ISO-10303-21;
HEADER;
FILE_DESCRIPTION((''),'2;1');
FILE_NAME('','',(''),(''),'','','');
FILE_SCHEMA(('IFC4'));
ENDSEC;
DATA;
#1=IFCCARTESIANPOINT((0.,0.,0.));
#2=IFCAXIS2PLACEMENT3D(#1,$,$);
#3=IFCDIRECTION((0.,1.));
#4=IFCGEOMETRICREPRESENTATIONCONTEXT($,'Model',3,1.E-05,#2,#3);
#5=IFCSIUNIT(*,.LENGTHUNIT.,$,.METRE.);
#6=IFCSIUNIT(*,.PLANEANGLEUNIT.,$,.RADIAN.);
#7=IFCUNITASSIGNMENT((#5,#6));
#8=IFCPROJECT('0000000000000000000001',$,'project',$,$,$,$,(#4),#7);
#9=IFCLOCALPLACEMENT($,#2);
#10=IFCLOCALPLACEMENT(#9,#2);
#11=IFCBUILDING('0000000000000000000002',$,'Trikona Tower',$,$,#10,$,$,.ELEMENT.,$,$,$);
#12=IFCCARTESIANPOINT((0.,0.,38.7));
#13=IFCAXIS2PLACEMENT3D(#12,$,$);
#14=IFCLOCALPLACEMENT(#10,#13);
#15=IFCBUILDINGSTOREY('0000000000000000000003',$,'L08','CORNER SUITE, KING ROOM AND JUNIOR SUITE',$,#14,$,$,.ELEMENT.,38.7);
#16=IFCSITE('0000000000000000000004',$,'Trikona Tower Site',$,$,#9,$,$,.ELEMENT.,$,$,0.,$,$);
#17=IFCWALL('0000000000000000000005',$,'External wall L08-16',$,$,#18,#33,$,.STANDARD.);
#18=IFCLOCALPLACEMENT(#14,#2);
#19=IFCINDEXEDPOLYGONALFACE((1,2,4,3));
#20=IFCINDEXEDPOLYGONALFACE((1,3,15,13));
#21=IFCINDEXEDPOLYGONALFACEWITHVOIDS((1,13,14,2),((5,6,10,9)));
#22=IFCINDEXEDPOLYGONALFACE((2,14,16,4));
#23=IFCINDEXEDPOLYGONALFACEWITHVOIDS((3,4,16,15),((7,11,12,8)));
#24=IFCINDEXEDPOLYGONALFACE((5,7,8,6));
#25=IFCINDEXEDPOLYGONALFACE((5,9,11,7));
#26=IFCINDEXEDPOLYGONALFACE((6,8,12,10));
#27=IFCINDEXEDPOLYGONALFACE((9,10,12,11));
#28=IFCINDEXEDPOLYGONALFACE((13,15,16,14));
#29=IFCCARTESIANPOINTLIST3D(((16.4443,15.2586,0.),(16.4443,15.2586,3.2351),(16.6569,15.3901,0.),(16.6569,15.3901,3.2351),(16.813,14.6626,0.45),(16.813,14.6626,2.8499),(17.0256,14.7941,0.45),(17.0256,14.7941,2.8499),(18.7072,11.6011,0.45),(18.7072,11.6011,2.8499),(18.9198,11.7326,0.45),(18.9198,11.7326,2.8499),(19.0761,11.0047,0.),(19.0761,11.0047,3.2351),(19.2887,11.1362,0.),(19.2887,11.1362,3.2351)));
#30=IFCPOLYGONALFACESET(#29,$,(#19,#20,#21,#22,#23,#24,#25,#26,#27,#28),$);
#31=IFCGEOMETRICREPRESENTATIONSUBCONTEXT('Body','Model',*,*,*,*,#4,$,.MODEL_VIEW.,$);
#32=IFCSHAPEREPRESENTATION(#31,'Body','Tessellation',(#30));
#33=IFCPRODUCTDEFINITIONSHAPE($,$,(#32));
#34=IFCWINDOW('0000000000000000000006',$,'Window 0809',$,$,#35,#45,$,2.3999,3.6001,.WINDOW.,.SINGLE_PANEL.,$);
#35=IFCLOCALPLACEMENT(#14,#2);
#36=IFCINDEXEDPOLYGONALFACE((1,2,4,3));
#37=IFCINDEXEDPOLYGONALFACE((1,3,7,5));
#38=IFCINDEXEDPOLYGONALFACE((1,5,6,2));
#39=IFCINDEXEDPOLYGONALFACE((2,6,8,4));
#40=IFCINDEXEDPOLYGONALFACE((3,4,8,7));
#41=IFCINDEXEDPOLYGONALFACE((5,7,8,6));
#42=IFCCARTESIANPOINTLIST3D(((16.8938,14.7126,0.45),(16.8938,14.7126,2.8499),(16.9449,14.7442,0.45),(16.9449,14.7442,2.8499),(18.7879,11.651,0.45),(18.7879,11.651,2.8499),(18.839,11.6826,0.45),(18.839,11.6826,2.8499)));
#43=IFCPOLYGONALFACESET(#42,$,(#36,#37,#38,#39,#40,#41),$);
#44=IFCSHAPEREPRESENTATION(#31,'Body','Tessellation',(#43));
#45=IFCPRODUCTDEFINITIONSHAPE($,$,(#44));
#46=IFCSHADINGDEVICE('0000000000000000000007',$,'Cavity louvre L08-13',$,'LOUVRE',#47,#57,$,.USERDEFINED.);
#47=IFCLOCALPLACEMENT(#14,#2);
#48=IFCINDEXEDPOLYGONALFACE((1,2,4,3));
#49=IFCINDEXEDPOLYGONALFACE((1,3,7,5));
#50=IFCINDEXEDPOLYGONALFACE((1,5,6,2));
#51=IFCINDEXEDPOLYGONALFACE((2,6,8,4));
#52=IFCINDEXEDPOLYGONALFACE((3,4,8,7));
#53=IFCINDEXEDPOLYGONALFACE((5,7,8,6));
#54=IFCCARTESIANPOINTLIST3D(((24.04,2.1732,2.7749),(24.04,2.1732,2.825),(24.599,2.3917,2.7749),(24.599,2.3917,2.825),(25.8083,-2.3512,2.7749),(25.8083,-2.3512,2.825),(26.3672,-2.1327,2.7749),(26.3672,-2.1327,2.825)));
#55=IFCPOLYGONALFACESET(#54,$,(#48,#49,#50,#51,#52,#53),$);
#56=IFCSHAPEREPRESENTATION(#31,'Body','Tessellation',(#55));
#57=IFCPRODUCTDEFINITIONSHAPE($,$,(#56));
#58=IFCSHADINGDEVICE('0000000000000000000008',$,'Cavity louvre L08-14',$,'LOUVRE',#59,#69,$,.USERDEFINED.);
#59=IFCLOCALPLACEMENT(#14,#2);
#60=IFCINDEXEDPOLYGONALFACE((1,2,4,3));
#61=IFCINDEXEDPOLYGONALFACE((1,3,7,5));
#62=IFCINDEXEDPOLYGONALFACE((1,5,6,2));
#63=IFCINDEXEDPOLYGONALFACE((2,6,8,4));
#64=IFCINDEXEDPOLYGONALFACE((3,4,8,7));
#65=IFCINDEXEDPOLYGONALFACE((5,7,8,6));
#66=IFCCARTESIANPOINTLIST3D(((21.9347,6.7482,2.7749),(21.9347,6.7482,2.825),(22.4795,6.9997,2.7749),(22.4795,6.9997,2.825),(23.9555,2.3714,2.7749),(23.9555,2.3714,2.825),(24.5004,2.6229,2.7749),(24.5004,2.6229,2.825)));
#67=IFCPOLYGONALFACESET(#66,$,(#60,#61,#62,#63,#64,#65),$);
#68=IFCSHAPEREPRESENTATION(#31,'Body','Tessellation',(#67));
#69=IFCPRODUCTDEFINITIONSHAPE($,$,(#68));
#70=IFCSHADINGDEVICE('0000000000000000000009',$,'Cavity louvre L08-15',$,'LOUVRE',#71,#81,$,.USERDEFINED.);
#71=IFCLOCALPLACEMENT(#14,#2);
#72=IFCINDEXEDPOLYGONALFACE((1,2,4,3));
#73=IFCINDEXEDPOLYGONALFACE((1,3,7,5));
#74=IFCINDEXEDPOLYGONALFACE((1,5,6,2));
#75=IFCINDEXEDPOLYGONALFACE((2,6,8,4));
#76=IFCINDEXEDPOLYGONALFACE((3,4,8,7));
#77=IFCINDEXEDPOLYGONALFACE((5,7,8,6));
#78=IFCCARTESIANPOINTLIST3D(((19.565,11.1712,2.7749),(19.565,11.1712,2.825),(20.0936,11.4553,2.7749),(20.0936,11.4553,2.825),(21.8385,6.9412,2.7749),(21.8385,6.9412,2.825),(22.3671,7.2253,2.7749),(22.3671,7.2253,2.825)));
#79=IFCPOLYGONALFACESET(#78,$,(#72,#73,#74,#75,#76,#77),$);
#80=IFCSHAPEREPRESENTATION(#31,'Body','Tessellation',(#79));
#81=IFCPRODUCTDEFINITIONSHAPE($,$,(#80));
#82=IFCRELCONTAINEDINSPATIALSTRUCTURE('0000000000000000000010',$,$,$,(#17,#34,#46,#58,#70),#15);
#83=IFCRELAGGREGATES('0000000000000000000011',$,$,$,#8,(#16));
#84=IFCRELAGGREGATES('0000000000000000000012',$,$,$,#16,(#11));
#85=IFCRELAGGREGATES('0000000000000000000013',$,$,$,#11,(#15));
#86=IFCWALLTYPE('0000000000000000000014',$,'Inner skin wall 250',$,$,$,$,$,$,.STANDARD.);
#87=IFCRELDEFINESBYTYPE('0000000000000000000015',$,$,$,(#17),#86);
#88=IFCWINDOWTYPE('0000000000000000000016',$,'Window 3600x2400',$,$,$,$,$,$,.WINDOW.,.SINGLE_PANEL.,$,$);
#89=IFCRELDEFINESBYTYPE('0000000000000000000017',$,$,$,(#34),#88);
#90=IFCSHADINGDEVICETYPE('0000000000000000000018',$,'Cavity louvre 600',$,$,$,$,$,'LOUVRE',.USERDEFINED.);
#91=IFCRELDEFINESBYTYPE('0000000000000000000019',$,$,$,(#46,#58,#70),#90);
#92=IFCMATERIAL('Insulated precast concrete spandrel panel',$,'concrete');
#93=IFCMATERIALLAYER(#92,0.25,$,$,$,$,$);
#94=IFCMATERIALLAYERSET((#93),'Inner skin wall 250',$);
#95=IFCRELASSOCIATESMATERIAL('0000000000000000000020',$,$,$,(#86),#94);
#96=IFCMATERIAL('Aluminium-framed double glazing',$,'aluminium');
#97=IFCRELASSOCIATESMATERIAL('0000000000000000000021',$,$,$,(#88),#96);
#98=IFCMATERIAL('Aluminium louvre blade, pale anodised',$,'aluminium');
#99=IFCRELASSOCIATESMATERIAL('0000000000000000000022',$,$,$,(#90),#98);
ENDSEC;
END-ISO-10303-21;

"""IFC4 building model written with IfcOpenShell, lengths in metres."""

from ifc_helpers import new_model, si_unit, direction, frame, frame_2d, origin, origin_2d, place, context, subcontext, project, spatial, rectangle, extrude, material, layer, layer_set, type_object, element, fill, save


model = new_model("IFC4")

# Units and contexts
model_context = context("Model", 3, precision=1e-05, world=origin(), true_north=direction((0.0, 1.0)))
body_context = subcontext(model_context, "Body", "Model", "MODEL_VIEW")
ifc_project = project(units=[si_unit("LENGTHUNIT", "METRE"), si_unit("PLANEANGLEUNIT", "RADIAN")], contexts=[model_context])

# Site, building, storey
site_placement = place(None, origin())
site = spatial("IfcSite", under=ifc_project, at=site_placement, Name="Trikona Tower Site", CompositionType="ELEMENT", RefElevation=0.0)
building_placement = place(site_placement, origin())
building = spatial("IfcBuilding", under=site, at=building_placement, Name="Trikona Tower", CompositionType="ELEMENT")
storey_placement = place(building_placement, frame((0.0, 0.0, 38.7)))
storey = spatial("IfcBuildingStorey", under=building, at=storey_placement, Name="L08", Description="CORNER SUITE, KING ROOM AND JUNIOR SUITE", CompositionType="ELEMENT", Elevation=38.7)

# Wall, opening, window
ifc_material_1 = material(Name="Insulated precast concrete spandrel panel", Category="concrete")
ifc_layer_1 = layer(ifc_material_1, 0.25)
ifc_layer_set_1 = layer_set([ifc_layer_1], Name="Inner skin wall 250")
wall_type = type_object("IfcWallType", Name="Inner skin wall 250", PredefinedType="STANDARD", material=ifc_layer_set_1)
ifc_material_2 = material(Name="Aluminium-framed double glazing", Category="aluminium")
window_type = type_object("IfcWindowType", Name="Window 3600x2400", PartitioningType="SINGLE_PANEL", PredefinedType="WINDOW", material=ifc_material_2)
wall_1_placement = place(storey_placement, frame((19.1824, 11.0706, 0.0), z_axis=(0.0, 0.0, 1.0), x_axis=(-0.526133, 0.850402, 0.0)))
wall_1 = element("IfcWall", 1, at=wall_1_placement, inside=storey, type_object=wall_type, Name="External wall L08-16", PredefinedType="STANDARD", context=body_context, shape_type="SweptSolid", body=[
    extrude(rectangle(XDim=5.0022, YDim=0.25, at=frame_2d((2.501, 0.0))), origin(), (0.0, 0.0, 1.0), 3.2351),
])
opening_1_placement = place(wall_1_placement, frame((0.7012, 0.0, 0.45)))
opening_1 = element("IfcOpeningElement", 2, at=opening_1_placement, cuts=wall_1, PredefinedType="OPENING", context=body_context, shape_type="SweptSolid", body=[
    extrude(rectangle(XDim=3.6001, YDim=2.3999, at=frame_2d((1.8, 1.2))), frame((0.0, 0.135, 0.0), z_axis=(0.0, -1.0, 0.0), x_axis=(1.0, 0.0, 0.0)), (0.0, 0.0, 1.0), 0.27),
])
window_1_placement = place(opening_1_placement, origin())
window_1 = element("IfcWindow", 3, at=window_1_placement, inside=storey, type_object=window_type, Name="Window 0809", OverallHeight=2.3999, OverallWidth=3.6001, PartitioningType="SINGLE_PANEL", PredefinedType="WINDOW", context=body_context, shape_type="SweptSolid", body=[
    extrude(rectangle(XDim=3.6001, YDim=2.3999, at=frame_2d((1.8, 1.2))), frame((0.0, 0.03, 0.0), z_axis=(0.0, -1.0, 0.0), x_axis=(1.0, 0.0, 0.0)), (0.0, 0.0, 1.0), 0.0601),
])
fill(opening_1, window_1)

# Shading devices
ifc_material_3 = material(Name="Aluminium louvre blade, pale anodised", Category="aluminium")
shading_device_type = type_object("IfcShadingDeviceType", Name="Cavity louvre 600", ElementType="LOUVRE", PredefinedType="USERDEFINED", material=ifc_material_3)
shading_device_1_placement = place(storey_placement, frame((25.2036, 0.0203, 2.7749), z_axis=(0.0, 0.0, 1.0), x_axis=(-0.364009, 0.931395, 0.0)))
element("IfcShadingDevice", 4, at=shading_device_1_placement, inside=storey, type_object=shading_device_type, Name="Cavity louvre L08-13", ObjectType="LOUVRE", PredefinedType="USERDEFINED", context=body_context, shape_type="SweptSolid", body=[
    extrude(rectangle(XDim=4.8577, YDim=0.6001, at=origin_2d()), origin(), (0.0, 0.0, 1.0), 0.05),
])
shading_device_2_placement = place(storey_placement, frame((23.2175, 4.6855, 2.7749), z_axis=(0.0, 0.0, 1.0), x_axis=(-0.419194, 0.907897, 0.0)))
element("IfcShadingDevice", 5, at=shading_device_2_placement, inside=storey, type_object=shading_device_type, Name="Cavity louvre L08-14", ObjectType="LOUVRE", PredefinedType="USERDEFINED", context=body_context, shape_type="SweptSolid", body=[
    extrude(rectangle(XDim=4.8208, YDim=0.6001, at=origin_2d()), origin(), (0.0, 0.0, 1.0), 0.05),
])
shading_device_3_placement = place(storey_placement, frame((20.9661, 9.1982, 2.7749), z_axis=(0.0, 0.0, 1.0), x_axis=(-0.473423, 0.880835, 0.0)))
element("IfcShadingDevice", 6, at=shading_device_3_placement, inside=storey, type_object=shading_device_type, Name="Cavity louvre L08-15", ObjectType="LOUVRE", PredefinedType="USERDEFINED", context=body_context, shape_type="SweptSolid", body=[
    extrude(rectangle(XDim=4.8022, YDim=0.6001, at=origin_2d()), origin(), (0.0, 0.0, 1.0), 0.05),
])

save(model, "model.ifc")
